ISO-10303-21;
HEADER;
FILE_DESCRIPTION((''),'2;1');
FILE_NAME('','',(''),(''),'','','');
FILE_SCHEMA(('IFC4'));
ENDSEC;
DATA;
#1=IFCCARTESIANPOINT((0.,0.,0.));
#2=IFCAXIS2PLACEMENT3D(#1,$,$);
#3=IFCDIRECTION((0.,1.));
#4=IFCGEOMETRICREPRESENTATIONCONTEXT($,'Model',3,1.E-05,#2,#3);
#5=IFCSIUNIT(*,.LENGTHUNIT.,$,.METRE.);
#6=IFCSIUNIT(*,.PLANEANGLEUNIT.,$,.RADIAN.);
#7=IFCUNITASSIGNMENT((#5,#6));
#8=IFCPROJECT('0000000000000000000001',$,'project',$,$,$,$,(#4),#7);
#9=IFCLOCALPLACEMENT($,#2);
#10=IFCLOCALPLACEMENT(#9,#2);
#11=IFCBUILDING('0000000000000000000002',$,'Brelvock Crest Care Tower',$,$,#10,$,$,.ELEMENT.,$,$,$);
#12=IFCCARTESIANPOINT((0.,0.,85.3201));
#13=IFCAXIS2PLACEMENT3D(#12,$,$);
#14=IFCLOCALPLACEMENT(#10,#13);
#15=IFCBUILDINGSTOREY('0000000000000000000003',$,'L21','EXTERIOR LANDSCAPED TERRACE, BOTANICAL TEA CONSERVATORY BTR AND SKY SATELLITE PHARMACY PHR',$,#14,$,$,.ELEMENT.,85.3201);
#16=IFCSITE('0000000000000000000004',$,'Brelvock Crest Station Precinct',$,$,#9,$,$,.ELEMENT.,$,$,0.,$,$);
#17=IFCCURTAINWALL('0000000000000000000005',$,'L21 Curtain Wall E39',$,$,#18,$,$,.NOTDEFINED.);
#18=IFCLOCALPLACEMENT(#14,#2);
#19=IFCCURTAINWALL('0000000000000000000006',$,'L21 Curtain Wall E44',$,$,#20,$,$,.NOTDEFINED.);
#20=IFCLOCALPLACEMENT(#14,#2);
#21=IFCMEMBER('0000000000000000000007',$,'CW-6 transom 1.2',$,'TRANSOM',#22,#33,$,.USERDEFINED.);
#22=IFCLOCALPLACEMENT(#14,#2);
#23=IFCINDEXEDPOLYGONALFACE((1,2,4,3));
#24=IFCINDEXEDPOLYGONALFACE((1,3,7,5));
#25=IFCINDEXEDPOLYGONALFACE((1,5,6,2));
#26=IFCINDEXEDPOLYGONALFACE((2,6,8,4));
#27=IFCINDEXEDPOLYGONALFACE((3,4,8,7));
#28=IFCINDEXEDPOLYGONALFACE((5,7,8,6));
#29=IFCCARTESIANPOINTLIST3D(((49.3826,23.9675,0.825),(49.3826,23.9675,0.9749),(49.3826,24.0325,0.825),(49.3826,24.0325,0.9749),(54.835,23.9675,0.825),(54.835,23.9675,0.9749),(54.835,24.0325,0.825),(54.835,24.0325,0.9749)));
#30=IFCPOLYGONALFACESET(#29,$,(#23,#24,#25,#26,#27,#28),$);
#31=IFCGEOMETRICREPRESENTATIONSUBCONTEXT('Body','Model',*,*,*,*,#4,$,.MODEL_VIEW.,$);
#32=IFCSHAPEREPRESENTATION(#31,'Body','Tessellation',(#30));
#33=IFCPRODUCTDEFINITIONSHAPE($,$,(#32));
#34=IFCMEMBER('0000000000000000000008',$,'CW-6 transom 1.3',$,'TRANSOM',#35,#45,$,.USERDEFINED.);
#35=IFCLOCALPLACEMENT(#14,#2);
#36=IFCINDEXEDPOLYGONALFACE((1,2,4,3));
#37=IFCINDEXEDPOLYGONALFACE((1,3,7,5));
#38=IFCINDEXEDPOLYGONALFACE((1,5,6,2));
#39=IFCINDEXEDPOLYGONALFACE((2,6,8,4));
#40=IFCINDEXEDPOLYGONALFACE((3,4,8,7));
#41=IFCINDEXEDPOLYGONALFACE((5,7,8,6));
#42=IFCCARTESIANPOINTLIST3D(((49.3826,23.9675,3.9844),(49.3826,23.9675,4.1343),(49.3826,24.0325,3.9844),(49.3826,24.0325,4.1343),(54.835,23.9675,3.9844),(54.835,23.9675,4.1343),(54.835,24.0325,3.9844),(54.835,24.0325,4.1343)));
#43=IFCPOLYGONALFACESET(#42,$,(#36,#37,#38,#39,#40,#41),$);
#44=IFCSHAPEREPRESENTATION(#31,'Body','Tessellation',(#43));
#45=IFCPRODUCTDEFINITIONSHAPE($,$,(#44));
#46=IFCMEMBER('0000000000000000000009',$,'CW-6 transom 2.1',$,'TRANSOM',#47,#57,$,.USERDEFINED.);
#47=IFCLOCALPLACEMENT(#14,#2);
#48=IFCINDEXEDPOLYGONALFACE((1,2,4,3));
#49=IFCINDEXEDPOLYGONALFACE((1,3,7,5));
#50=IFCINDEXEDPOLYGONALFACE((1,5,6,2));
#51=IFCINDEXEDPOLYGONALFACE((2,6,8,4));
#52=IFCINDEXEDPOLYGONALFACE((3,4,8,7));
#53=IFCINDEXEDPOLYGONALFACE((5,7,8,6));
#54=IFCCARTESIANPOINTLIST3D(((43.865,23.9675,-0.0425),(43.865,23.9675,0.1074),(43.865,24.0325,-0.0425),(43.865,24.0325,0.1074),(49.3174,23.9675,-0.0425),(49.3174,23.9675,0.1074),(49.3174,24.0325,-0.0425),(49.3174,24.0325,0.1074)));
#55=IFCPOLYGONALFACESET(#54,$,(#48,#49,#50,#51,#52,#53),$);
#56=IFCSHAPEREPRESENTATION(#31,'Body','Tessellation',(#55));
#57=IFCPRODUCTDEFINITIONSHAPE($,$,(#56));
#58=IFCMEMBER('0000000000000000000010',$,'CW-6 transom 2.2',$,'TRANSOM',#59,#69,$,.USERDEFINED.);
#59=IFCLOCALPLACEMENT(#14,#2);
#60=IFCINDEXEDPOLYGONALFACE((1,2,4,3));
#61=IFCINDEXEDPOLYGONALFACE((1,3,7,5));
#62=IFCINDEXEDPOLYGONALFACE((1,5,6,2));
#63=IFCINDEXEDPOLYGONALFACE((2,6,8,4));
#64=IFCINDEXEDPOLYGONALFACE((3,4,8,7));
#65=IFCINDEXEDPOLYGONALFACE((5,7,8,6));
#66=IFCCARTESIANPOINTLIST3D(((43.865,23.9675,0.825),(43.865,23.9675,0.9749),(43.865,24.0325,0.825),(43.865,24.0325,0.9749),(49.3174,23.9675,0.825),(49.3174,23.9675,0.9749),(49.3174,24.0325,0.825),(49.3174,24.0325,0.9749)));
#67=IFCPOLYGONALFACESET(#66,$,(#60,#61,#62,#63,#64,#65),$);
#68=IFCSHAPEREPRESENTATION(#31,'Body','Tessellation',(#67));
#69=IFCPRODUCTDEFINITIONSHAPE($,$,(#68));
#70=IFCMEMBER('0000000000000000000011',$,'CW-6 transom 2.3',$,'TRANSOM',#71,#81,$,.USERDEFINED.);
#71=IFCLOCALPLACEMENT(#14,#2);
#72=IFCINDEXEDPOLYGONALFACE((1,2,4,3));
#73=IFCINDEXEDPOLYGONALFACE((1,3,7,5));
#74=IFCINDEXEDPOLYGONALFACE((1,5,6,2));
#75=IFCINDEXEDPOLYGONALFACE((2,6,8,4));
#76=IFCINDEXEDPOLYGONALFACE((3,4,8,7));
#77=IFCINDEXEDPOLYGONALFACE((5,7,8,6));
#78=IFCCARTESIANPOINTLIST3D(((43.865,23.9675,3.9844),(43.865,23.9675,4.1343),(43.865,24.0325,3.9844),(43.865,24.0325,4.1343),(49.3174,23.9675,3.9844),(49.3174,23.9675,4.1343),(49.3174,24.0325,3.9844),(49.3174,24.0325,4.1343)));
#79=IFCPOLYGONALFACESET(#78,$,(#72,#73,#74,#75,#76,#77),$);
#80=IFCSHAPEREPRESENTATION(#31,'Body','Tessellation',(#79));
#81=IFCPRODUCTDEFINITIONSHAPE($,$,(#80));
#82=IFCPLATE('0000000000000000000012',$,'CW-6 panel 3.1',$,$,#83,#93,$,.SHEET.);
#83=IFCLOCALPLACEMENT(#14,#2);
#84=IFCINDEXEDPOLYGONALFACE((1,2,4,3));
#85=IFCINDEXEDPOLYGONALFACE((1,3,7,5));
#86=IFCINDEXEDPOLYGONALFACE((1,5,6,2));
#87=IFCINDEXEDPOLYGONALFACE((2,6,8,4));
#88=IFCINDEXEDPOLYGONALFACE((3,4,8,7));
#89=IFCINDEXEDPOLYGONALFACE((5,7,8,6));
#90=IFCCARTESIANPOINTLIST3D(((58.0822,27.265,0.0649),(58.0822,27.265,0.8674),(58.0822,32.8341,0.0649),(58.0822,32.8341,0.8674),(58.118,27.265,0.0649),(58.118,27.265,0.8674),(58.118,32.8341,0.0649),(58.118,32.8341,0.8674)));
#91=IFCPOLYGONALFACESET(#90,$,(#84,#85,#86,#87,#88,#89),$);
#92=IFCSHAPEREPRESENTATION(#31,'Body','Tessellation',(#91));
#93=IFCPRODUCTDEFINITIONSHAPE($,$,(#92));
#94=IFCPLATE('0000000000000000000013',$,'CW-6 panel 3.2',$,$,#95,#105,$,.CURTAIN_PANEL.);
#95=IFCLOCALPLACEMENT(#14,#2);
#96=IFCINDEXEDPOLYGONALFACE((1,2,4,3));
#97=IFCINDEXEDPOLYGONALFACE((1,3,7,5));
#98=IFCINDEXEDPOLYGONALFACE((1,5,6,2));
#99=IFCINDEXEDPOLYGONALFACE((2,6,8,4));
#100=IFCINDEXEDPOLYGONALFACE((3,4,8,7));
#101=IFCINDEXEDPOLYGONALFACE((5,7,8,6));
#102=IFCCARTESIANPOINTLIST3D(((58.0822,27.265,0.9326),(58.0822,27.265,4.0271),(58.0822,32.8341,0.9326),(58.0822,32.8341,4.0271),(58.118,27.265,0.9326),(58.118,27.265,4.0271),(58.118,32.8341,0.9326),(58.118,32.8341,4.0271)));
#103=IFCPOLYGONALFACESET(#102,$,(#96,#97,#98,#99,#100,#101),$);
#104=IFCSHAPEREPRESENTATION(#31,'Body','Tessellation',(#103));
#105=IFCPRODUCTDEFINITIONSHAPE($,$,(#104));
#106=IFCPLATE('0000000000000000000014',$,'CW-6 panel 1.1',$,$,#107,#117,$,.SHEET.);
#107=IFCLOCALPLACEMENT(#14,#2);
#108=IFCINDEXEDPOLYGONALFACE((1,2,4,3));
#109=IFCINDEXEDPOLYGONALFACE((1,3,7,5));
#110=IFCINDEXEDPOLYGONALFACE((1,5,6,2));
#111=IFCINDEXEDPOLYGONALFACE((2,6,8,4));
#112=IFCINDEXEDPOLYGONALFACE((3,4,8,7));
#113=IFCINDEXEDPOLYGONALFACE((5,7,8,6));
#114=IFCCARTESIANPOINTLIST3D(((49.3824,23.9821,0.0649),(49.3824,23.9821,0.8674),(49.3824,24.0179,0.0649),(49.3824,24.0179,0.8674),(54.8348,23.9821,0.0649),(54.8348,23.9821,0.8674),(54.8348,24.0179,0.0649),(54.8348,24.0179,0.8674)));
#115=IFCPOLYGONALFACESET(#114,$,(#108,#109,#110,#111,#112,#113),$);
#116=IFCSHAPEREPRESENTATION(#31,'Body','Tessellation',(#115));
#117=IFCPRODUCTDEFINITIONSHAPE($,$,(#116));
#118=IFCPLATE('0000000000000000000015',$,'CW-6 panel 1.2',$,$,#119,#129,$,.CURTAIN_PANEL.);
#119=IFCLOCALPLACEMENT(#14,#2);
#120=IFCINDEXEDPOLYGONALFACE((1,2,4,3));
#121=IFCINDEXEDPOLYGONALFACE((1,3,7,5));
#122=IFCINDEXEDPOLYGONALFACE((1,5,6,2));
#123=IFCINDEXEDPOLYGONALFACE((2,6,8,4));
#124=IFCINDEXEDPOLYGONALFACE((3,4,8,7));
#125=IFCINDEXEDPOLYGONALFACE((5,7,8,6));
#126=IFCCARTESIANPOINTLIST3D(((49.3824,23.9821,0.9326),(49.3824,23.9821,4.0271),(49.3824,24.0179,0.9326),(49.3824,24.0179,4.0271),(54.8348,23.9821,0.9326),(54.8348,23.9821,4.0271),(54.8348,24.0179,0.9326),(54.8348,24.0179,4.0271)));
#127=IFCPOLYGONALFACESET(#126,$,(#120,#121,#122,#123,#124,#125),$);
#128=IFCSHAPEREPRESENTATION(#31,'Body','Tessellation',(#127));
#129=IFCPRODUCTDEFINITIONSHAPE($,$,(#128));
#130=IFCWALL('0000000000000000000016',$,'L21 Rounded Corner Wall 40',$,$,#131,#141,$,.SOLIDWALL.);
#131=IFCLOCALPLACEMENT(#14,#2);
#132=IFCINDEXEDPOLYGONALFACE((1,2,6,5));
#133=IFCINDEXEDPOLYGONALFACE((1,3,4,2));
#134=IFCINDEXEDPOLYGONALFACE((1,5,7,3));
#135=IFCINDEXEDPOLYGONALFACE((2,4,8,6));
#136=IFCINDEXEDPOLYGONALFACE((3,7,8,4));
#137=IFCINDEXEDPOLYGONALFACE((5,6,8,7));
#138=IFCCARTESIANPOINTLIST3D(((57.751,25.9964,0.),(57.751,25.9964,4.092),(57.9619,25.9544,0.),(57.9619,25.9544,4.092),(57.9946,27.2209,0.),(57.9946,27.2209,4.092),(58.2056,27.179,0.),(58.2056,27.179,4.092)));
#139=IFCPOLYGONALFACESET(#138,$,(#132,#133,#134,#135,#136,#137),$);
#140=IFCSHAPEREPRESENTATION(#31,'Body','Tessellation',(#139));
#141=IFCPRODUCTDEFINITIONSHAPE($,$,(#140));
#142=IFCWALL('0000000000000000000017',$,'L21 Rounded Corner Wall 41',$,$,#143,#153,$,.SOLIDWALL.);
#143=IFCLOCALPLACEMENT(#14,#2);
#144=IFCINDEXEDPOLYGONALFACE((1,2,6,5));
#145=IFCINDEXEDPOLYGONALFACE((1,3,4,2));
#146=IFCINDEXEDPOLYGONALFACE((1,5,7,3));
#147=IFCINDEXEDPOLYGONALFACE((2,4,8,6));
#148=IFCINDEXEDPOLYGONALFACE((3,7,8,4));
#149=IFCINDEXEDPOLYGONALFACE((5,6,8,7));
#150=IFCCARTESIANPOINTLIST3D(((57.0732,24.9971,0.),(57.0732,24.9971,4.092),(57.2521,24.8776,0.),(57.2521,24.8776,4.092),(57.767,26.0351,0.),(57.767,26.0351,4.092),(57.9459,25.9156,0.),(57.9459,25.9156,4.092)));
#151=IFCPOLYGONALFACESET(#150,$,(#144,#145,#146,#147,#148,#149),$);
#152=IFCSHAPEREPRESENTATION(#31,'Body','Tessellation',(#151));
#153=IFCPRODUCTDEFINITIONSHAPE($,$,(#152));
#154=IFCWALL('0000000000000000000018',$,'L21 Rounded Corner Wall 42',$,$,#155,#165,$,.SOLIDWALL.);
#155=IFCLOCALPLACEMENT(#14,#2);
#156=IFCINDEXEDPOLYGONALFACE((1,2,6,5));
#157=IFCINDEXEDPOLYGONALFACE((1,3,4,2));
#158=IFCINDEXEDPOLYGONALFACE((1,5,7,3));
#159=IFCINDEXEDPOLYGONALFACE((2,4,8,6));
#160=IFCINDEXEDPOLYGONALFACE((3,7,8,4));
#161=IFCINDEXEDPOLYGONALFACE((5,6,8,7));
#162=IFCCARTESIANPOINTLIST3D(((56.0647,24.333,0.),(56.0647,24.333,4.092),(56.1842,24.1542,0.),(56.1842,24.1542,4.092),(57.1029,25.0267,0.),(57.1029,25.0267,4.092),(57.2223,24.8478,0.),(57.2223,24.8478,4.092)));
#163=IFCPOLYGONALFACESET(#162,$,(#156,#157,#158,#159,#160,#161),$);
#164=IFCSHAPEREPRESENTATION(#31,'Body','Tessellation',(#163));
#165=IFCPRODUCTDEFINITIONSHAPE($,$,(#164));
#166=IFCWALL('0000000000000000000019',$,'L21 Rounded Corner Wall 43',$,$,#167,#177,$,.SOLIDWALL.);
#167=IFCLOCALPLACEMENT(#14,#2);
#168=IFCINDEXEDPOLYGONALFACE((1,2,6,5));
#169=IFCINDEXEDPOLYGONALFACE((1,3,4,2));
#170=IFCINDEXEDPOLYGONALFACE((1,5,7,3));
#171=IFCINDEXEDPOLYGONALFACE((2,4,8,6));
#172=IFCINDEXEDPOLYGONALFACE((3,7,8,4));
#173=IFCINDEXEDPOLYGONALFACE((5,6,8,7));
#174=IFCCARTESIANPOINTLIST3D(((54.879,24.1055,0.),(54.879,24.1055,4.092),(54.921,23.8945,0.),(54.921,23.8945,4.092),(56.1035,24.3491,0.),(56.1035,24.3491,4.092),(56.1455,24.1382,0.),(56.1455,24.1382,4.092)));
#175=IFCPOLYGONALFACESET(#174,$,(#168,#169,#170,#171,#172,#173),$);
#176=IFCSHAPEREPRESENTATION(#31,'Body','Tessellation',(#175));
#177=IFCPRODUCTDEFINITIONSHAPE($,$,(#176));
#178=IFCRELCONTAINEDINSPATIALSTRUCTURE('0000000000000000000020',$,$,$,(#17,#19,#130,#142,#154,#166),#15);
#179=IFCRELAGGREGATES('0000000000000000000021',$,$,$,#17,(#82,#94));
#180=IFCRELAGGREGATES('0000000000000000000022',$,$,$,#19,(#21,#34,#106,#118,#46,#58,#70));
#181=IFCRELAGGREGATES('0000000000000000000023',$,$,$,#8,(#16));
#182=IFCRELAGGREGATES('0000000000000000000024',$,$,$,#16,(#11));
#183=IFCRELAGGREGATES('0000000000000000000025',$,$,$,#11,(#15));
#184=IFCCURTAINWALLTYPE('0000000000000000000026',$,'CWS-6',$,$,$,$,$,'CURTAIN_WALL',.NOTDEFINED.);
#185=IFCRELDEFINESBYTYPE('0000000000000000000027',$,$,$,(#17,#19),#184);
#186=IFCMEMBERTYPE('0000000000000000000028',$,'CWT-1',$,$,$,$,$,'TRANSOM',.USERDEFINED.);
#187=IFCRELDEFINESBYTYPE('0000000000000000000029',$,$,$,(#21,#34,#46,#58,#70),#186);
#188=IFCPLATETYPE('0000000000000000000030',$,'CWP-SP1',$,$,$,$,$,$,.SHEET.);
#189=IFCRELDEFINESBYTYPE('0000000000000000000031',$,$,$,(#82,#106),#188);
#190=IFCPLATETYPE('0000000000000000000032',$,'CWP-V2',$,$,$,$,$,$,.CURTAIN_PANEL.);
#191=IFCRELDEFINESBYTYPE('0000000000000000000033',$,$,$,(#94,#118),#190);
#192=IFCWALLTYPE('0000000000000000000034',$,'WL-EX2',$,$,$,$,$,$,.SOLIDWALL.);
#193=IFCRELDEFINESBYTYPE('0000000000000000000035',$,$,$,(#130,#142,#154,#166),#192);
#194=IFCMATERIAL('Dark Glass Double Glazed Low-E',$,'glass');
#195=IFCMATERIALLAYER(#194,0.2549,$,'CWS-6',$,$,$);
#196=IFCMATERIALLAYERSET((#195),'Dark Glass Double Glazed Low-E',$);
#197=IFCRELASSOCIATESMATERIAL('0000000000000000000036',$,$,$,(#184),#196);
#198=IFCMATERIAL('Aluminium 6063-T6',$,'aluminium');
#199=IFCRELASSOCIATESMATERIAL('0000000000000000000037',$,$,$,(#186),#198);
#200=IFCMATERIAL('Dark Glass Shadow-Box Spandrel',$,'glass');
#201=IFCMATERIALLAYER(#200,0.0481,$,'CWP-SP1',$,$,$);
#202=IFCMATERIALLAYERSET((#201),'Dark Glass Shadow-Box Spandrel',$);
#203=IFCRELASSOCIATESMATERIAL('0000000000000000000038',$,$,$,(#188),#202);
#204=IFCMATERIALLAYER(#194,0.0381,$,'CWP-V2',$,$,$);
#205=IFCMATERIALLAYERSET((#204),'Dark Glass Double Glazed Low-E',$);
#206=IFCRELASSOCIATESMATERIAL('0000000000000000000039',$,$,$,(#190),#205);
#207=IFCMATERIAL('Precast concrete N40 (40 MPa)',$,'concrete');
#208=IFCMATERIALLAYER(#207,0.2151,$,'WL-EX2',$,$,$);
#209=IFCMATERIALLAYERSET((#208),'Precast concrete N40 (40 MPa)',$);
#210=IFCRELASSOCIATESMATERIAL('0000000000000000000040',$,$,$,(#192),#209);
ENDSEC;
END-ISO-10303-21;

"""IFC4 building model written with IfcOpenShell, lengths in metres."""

from ifc_helpers import new_model, si_unit, direction, frame, frame_2d, origin, origin_2d, place, context, subcontext, project, spatial, rectangle, extrude, source, transform, mapped, material, layer, layer_set, material_profile, profile_set, type_object, element, aggregate, save


model = new_model("IFC4")

# Units and contexts
model_context = context("Model", 3, precision=1e-05, world=origin(), true_north=direction((0.0, 1.0)))
body_context = subcontext(model_context, "Body", "Model", "MODEL_VIEW")
ifc_project = project(units=[si_unit("LENGTHUNIT", "METRE"), si_unit("PLANEANGLEUNIT", "RADIAN")], contexts=[model_context])

# Site, building, storey
site_placement = place(None, origin())
site = spatial("IfcSite", under=ifc_project, at=site_placement, Name="Brelvock Crest Station Precinct", CompositionType="ELEMENT", RefElevation=0.0)
building_placement = place(site_placement, origin())
building = spatial("IfcBuilding", under=site, at=building_placement, Name="Brelvock Crest Care Tower", CompositionType="ELEMENT")
storey_placement = place(building_placement, frame((0.0, 0.0, 85.3201)))
storey = spatial("IfcBuildingStorey", under=building, at=storey_placement, Name="L21", Description="EXTERIOR LANDSCAPED TERRACE, BOTANICAL TEA CONSERVATORY BTR AND SKY SATELLITE PHARMACY PHR", CompositionType="ELEMENT", Elevation=85.3201)

# Curtain wall
ifc_material_1 = material(Name="Dark Glass Double Glazed Low-E", Category="glass")
ifc_layer_1 = layer(ifc_material_1, 0.2549, Name="CWS-6")
ifc_layer_set_1 = layer_set([ifc_layer_1], Name="Dark Glass Double Glazed Low-E")
curtain_wall_type = type_object("IfcCurtainWallType", Name="CWS-6", ElementType="CURTAIN_WALL", PredefinedType="NOTDEFINED", material=ifc_layer_set_1)
curtain_wall_1_placement = place(storey_placement, origin())
curtain_wall_1 = element("IfcCurtainWall", 1, at=curtain_wall_1_placement, inside=storey, type_object=curtain_wall_type, Name="L21 Curtain Wall E39", PredefinedType="NOTDEFINED")
ifc_material_2 = material(Name="Aluminium 6063-T6", Category="aluminium")

# Curtain wall, members
curtain_wall_2_placement = place(storey_placement, origin())
curtain_wall_2 = element("IfcCurtainWall", 2, at=curtain_wall_2_placement, inside=storey, type_object=curtain_wall_type, Name="L21 Curtain Wall E44", PredefinedType="NOTDEFINED")
ifc_material_profile_1 = material_profile(ifc_material_2, rectangle(XDim=0.0649, YDim=0.1499, at=origin_2d()), Name="ALU65x150")
ifc_profile_set_1 = profile_set([ifc_material_profile_1], Name="Aluminium 6063-T6")
member_type_1 = type_object("IfcMemberType", Name="CWT-1", ElementType="TRANSOM", PredefinedType="USERDEFINED", material=ifc_profile_set_1)
shared_shape_1 = source(origin(), body_context, "Body", "SweptSolid", [
    extrude(rectangle(XDim=0.0649, YDim=0.1499, at=origin_2d()), origin(), (0.0, 0.0, 1.0), 5.4524),
])
member_1_placement = place(storey_placement, frame((54.835, 24.0, 0.8999), z_axis=(-1.0, 0.0, 0.0), x_axis=(0.0, -1.0, 0.0)))
member_1 = element("IfcMember", 3, at=member_1_placement, type_object=member_type_1, Name="CW-6 transom 1.2", ObjectType="TRANSOM", PredefinedType="USERDEFINED", context=body_context, shape_type="MappedRepresentation", body=[
    mapped(shared_shape_1, transform((0.0, 0.0, 0.0), x_axis=(1.0, 0.0, 0.0), y_axis=(0.0, 1.0, 0.0), z_axis=(0.0, 0.0, 1.0), scale=1.0)),
])
member_2_placement = place(storey_placement, frame((54.835, 24.0, 4.0593), z_axis=(-1.0, 0.0, 0.0), x_axis=(0.0, -1.0, 0.0)))
member_2 = element("IfcMember", 4, at=member_2_placement, type_object=member_type_1, Name="CW-6 transom 1.3", ObjectType="TRANSOM", PredefinedType="USERDEFINED", context=body_context, shape_type="MappedRepresentation", body=[
    mapped(shared_shape_1, transform((0.0, 0.0, 0.0), x_axis=(1.0, 0.0, 0.0), y_axis=(0.0, 1.0, 0.0), z_axis=(0.0, 0.0, 1.0), scale=1.0)),
])
member_3_placement = place(storey_placement, frame((49.3174, 24.0, 0.0325), z_axis=(-1.0, 0.0, 0.0), x_axis=(0.0, -1.0, 0.0)))
member_3 = element("IfcMember", 5, at=member_3_placement, type_object=member_type_1, Name="CW-6 transom 2.1", ObjectType="TRANSOM", PredefinedType="USERDEFINED", context=body_context, shape_type="MappedRepresentation", body=[
    mapped(shared_shape_1, transform((0.0, 0.0, 0.0), x_axis=(1.0, 0.0, 0.0), y_axis=(0.0, 1.0, 0.0), z_axis=(0.0, 0.0, 1.0), scale=1.0)),
])
member_4_placement = place(storey_placement, frame((49.3174, 24.0, 0.8999), z_axis=(-1.0, 0.0, 0.0), x_axis=(0.0, -1.0, 0.0)))
member_4 = element("IfcMember", 6, at=member_4_placement, type_object=member_type_1, Name="CW-6 transom 2.2", ObjectType="TRANSOM", PredefinedType="USERDEFINED", context=body_context, shape_type="MappedRepresentation", body=[
    mapped(shared_shape_1, transform((0.0, 0.0, 0.0), x_axis=(1.0, 0.0, 0.0), y_axis=(0.0, 1.0, 0.0), z_axis=(0.0, 0.0, 1.0), scale=1.0)),
])
member_5_placement = place(storey_placement, frame((49.3174, 24.0, 4.0593), z_axis=(-1.0, 0.0, 0.0), x_axis=(0.0, -1.0, 0.0)))
member_5 = element("IfcMember", 7, at=member_5_placement, type_object=member_type_1, Name="CW-6 transom 2.3", ObjectType="TRANSOM", PredefinedType="USERDEFINED", context=body_context, shape_type="MappedRepresentation", body=[
    mapped(shared_shape_1, transform((0.0, 0.0, 0.0), x_axis=(1.0, 0.0, 0.0), y_axis=(0.0, 1.0, 0.0), z_axis=(0.0, 0.0, 1.0), scale=1.0)),
])

# Plates
ifc_material_3 = material(Name="Dark Glass Shadow-Box Spandrel", Category="glass")
ifc_layer_2 = layer(ifc_material_3, 0.0481, Name="CWP-SP1")
ifc_layer_set_2 = layer_set([ifc_layer_2], Name="Dark Glass Shadow-Box Spandrel")
plate_type_1 = type_object("IfcPlateType", Name="CWP-SP1", PredefinedType="SHEET", material=ifc_layer_set_2)
shared_shape_2 = source(origin(), body_context, "Body", "SweptSolid", [
    extrude(rectangle(XDim=5.5691, YDim=0.0359, at=origin_2d()), origin(), (0.0, 0.0, 1.0), 0.8025),
])
plate_1_placement = place(storey_placement, frame((58.1001, 30.0496, 0.0649), z_axis=(0.0, 0.0, 1.0), x_axis=(0.0, -1.0, 0.0)))
plate_1 = element("IfcPlate", 8, at=plate_1_placement, type_object=plate_type_1, Name="CW-6 panel 3.1", PredefinedType="SHEET", context=body_context, shape_type="MappedRepresentation", body=[
    mapped(shared_shape_2, transform((0.0, 0.0, 0.0), x_axis=(1.0, 0.0, 0.0), y_axis=(0.0, 1.0, 0.0), z_axis=(0.0, 0.0, 1.0), scale=1.0)),
])
ifc_layer_3 = layer(ifc_material_1, 0.0381, Name="CWP-V2")
ifc_layer_set_3 = layer_set([ifc_layer_3], Name="Dark Glass Double Glazed Low-E")
plate_type_2 = type_object("IfcPlateType", Name="CWP-V2", PredefinedType="CURTAIN_PANEL", material=ifc_layer_set_3)
shared_shape_3 = source(origin(), body_context, "Body", "SweptSolid", [
    extrude(rectangle(XDim=5.5691, YDim=0.0359, at=origin_2d()), origin(), (0.0, 0.0, 1.0), 3.0945),
])
plate_2_placement = place(storey_placement, frame((58.1001, 30.0496, 0.9326), z_axis=(0.0, 0.0, 1.0), x_axis=(0.0, -1.0, 0.0)))
plate_2 = element("IfcPlate", 9, at=plate_2_placement, type_object=plate_type_2, Name="CW-6 panel 3.2", PredefinedType="CURTAIN_PANEL", context=body_context, shape_type="MappedRepresentation", body=[
    mapped(shared_shape_3, transform((0.0, 0.0, 0.0), x_axis=(1.0, 0.0, 0.0), y_axis=(0.0, 1.0, 0.0), z_axis=(0.0, 0.0, 1.0), scale=1.0)),
])
aggregate(curtain_wall_1, [plate_1, plate_2])
shared_shape_4 = source(origin(), body_context, "Body", "SweptSolid", [
    extrude(rectangle(XDim=5.4524, YDim=0.0359, at=origin_2d()), origin(), (0.0, 0.0, 1.0), 0.8025),
])
plate_3_placement = place(storey_placement, frame((52.1086, 24.0, 0.0649), z_axis=(0.0, 0.0, 1.0), x_axis=(-1.0, 0.0, 0.0)))
plate_3 = element("IfcPlate", 10, at=plate_3_placement, type_object=plate_type_1, Name="CW-6 panel 1.1", PredefinedType="SHEET", context=body_context, shape_type="MappedRepresentation", body=[
    mapped(shared_shape_4, transform((0.0, 0.0, 0.0), x_axis=(1.0, 0.0, 0.0), y_axis=(0.0, 1.0, 0.0), z_axis=(0.0, 0.0, 1.0), scale=1.0)),
])
shared_shape_5 = source(origin(), body_context, "Body", "SweptSolid", [
    extrude(rectangle(XDim=5.4524, YDim=0.0359, at=origin_2d()), origin(), (0.0, 0.0, 1.0), 3.0945),
])
plate_4_placement = place(storey_placement, frame((52.1086, 24.0, 0.9326), z_axis=(0.0, 0.0, 1.0), x_axis=(-1.0, 0.0, 0.0)))
plate_4 = element("IfcPlate", 11, at=plate_4_placement, type_object=plate_type_2, Name="CW-6 panel 1.2", PredefinedType="CURTAIN_PANEL", context=body_context, shape_type="MappedRepresentation", body=[
    mapped(shared_shape_5, transform((0.0, 0.0, 0.0), x_axis=(1.0, 0.0, 0.0), y_axis=(0.0, 1.0, 0.0), z_axis=(0.0, 0.0, 1.0), scale=1.0)),
])
aggregate(curtain_wall_2, [member_1, member_2, plate_3, plate_4, member_3, member_4, member_5])

# Walls
ifc_material_4 = material(Name="Precast concrete N40 (40 MPa)", Category="concrete")
ifc_layer_4 = layer(ifc_material_4, 0.2151, Name="WL-EX2")
ifc_layer_set_4 = layer_set([ifc_layer_4], Name="Precast concrete N40 (40 MPa)")
wall_type = type_object("IfcWallType", Name="WL-EX2", PredefinedType="SOLIDWALL", material=ifc_layer_set_4)
for number, where, z_axis, x_axis, name in (
    (12, (58.1001, 27.2, 0.0), (0.0, 0.0, 1.0), (-0.195138, -0.980776, 0.0), "L21 Rounded Corner Wall 40"),
    (13, (57.8564, 25.9753, 0.0), (0.0, 0.0, 1.0), (-0.555692, -0.831388, 0.0), "L21 Rounded Corner Wall 41"),
    (14, (57.1626, 24.9373, 0.0), (0.0, 0.0, 1.0), (-0.831478, -0.555557, 0.0), "L21 Rounded Corner Wall 42"),
    (15, (56.1245, 24.2437, 0.0), (0.0, 0.0, 1.0), (-0.980776, -0.195138, 0.0), "L21 Rounded Corner Wall 43"),
):
    element("IfcWall", number, at=place(storey_placement, frame(where, z_axis=z_axis, x_axis=x_axis)), inside=storey, type_object=wall_type, Name=name, PredefinedType="SOLIDWALL", context=body_context, shape_type="SweptSolid", body=[
        extrude(rectangle(XDim=1.2485, YDim=0.2151, at=frame_2d((0.6243, 0.0))), origin(), (0.0, 0.0, 1.0), 4.092),
    ])

save(model, "model.ifc")
